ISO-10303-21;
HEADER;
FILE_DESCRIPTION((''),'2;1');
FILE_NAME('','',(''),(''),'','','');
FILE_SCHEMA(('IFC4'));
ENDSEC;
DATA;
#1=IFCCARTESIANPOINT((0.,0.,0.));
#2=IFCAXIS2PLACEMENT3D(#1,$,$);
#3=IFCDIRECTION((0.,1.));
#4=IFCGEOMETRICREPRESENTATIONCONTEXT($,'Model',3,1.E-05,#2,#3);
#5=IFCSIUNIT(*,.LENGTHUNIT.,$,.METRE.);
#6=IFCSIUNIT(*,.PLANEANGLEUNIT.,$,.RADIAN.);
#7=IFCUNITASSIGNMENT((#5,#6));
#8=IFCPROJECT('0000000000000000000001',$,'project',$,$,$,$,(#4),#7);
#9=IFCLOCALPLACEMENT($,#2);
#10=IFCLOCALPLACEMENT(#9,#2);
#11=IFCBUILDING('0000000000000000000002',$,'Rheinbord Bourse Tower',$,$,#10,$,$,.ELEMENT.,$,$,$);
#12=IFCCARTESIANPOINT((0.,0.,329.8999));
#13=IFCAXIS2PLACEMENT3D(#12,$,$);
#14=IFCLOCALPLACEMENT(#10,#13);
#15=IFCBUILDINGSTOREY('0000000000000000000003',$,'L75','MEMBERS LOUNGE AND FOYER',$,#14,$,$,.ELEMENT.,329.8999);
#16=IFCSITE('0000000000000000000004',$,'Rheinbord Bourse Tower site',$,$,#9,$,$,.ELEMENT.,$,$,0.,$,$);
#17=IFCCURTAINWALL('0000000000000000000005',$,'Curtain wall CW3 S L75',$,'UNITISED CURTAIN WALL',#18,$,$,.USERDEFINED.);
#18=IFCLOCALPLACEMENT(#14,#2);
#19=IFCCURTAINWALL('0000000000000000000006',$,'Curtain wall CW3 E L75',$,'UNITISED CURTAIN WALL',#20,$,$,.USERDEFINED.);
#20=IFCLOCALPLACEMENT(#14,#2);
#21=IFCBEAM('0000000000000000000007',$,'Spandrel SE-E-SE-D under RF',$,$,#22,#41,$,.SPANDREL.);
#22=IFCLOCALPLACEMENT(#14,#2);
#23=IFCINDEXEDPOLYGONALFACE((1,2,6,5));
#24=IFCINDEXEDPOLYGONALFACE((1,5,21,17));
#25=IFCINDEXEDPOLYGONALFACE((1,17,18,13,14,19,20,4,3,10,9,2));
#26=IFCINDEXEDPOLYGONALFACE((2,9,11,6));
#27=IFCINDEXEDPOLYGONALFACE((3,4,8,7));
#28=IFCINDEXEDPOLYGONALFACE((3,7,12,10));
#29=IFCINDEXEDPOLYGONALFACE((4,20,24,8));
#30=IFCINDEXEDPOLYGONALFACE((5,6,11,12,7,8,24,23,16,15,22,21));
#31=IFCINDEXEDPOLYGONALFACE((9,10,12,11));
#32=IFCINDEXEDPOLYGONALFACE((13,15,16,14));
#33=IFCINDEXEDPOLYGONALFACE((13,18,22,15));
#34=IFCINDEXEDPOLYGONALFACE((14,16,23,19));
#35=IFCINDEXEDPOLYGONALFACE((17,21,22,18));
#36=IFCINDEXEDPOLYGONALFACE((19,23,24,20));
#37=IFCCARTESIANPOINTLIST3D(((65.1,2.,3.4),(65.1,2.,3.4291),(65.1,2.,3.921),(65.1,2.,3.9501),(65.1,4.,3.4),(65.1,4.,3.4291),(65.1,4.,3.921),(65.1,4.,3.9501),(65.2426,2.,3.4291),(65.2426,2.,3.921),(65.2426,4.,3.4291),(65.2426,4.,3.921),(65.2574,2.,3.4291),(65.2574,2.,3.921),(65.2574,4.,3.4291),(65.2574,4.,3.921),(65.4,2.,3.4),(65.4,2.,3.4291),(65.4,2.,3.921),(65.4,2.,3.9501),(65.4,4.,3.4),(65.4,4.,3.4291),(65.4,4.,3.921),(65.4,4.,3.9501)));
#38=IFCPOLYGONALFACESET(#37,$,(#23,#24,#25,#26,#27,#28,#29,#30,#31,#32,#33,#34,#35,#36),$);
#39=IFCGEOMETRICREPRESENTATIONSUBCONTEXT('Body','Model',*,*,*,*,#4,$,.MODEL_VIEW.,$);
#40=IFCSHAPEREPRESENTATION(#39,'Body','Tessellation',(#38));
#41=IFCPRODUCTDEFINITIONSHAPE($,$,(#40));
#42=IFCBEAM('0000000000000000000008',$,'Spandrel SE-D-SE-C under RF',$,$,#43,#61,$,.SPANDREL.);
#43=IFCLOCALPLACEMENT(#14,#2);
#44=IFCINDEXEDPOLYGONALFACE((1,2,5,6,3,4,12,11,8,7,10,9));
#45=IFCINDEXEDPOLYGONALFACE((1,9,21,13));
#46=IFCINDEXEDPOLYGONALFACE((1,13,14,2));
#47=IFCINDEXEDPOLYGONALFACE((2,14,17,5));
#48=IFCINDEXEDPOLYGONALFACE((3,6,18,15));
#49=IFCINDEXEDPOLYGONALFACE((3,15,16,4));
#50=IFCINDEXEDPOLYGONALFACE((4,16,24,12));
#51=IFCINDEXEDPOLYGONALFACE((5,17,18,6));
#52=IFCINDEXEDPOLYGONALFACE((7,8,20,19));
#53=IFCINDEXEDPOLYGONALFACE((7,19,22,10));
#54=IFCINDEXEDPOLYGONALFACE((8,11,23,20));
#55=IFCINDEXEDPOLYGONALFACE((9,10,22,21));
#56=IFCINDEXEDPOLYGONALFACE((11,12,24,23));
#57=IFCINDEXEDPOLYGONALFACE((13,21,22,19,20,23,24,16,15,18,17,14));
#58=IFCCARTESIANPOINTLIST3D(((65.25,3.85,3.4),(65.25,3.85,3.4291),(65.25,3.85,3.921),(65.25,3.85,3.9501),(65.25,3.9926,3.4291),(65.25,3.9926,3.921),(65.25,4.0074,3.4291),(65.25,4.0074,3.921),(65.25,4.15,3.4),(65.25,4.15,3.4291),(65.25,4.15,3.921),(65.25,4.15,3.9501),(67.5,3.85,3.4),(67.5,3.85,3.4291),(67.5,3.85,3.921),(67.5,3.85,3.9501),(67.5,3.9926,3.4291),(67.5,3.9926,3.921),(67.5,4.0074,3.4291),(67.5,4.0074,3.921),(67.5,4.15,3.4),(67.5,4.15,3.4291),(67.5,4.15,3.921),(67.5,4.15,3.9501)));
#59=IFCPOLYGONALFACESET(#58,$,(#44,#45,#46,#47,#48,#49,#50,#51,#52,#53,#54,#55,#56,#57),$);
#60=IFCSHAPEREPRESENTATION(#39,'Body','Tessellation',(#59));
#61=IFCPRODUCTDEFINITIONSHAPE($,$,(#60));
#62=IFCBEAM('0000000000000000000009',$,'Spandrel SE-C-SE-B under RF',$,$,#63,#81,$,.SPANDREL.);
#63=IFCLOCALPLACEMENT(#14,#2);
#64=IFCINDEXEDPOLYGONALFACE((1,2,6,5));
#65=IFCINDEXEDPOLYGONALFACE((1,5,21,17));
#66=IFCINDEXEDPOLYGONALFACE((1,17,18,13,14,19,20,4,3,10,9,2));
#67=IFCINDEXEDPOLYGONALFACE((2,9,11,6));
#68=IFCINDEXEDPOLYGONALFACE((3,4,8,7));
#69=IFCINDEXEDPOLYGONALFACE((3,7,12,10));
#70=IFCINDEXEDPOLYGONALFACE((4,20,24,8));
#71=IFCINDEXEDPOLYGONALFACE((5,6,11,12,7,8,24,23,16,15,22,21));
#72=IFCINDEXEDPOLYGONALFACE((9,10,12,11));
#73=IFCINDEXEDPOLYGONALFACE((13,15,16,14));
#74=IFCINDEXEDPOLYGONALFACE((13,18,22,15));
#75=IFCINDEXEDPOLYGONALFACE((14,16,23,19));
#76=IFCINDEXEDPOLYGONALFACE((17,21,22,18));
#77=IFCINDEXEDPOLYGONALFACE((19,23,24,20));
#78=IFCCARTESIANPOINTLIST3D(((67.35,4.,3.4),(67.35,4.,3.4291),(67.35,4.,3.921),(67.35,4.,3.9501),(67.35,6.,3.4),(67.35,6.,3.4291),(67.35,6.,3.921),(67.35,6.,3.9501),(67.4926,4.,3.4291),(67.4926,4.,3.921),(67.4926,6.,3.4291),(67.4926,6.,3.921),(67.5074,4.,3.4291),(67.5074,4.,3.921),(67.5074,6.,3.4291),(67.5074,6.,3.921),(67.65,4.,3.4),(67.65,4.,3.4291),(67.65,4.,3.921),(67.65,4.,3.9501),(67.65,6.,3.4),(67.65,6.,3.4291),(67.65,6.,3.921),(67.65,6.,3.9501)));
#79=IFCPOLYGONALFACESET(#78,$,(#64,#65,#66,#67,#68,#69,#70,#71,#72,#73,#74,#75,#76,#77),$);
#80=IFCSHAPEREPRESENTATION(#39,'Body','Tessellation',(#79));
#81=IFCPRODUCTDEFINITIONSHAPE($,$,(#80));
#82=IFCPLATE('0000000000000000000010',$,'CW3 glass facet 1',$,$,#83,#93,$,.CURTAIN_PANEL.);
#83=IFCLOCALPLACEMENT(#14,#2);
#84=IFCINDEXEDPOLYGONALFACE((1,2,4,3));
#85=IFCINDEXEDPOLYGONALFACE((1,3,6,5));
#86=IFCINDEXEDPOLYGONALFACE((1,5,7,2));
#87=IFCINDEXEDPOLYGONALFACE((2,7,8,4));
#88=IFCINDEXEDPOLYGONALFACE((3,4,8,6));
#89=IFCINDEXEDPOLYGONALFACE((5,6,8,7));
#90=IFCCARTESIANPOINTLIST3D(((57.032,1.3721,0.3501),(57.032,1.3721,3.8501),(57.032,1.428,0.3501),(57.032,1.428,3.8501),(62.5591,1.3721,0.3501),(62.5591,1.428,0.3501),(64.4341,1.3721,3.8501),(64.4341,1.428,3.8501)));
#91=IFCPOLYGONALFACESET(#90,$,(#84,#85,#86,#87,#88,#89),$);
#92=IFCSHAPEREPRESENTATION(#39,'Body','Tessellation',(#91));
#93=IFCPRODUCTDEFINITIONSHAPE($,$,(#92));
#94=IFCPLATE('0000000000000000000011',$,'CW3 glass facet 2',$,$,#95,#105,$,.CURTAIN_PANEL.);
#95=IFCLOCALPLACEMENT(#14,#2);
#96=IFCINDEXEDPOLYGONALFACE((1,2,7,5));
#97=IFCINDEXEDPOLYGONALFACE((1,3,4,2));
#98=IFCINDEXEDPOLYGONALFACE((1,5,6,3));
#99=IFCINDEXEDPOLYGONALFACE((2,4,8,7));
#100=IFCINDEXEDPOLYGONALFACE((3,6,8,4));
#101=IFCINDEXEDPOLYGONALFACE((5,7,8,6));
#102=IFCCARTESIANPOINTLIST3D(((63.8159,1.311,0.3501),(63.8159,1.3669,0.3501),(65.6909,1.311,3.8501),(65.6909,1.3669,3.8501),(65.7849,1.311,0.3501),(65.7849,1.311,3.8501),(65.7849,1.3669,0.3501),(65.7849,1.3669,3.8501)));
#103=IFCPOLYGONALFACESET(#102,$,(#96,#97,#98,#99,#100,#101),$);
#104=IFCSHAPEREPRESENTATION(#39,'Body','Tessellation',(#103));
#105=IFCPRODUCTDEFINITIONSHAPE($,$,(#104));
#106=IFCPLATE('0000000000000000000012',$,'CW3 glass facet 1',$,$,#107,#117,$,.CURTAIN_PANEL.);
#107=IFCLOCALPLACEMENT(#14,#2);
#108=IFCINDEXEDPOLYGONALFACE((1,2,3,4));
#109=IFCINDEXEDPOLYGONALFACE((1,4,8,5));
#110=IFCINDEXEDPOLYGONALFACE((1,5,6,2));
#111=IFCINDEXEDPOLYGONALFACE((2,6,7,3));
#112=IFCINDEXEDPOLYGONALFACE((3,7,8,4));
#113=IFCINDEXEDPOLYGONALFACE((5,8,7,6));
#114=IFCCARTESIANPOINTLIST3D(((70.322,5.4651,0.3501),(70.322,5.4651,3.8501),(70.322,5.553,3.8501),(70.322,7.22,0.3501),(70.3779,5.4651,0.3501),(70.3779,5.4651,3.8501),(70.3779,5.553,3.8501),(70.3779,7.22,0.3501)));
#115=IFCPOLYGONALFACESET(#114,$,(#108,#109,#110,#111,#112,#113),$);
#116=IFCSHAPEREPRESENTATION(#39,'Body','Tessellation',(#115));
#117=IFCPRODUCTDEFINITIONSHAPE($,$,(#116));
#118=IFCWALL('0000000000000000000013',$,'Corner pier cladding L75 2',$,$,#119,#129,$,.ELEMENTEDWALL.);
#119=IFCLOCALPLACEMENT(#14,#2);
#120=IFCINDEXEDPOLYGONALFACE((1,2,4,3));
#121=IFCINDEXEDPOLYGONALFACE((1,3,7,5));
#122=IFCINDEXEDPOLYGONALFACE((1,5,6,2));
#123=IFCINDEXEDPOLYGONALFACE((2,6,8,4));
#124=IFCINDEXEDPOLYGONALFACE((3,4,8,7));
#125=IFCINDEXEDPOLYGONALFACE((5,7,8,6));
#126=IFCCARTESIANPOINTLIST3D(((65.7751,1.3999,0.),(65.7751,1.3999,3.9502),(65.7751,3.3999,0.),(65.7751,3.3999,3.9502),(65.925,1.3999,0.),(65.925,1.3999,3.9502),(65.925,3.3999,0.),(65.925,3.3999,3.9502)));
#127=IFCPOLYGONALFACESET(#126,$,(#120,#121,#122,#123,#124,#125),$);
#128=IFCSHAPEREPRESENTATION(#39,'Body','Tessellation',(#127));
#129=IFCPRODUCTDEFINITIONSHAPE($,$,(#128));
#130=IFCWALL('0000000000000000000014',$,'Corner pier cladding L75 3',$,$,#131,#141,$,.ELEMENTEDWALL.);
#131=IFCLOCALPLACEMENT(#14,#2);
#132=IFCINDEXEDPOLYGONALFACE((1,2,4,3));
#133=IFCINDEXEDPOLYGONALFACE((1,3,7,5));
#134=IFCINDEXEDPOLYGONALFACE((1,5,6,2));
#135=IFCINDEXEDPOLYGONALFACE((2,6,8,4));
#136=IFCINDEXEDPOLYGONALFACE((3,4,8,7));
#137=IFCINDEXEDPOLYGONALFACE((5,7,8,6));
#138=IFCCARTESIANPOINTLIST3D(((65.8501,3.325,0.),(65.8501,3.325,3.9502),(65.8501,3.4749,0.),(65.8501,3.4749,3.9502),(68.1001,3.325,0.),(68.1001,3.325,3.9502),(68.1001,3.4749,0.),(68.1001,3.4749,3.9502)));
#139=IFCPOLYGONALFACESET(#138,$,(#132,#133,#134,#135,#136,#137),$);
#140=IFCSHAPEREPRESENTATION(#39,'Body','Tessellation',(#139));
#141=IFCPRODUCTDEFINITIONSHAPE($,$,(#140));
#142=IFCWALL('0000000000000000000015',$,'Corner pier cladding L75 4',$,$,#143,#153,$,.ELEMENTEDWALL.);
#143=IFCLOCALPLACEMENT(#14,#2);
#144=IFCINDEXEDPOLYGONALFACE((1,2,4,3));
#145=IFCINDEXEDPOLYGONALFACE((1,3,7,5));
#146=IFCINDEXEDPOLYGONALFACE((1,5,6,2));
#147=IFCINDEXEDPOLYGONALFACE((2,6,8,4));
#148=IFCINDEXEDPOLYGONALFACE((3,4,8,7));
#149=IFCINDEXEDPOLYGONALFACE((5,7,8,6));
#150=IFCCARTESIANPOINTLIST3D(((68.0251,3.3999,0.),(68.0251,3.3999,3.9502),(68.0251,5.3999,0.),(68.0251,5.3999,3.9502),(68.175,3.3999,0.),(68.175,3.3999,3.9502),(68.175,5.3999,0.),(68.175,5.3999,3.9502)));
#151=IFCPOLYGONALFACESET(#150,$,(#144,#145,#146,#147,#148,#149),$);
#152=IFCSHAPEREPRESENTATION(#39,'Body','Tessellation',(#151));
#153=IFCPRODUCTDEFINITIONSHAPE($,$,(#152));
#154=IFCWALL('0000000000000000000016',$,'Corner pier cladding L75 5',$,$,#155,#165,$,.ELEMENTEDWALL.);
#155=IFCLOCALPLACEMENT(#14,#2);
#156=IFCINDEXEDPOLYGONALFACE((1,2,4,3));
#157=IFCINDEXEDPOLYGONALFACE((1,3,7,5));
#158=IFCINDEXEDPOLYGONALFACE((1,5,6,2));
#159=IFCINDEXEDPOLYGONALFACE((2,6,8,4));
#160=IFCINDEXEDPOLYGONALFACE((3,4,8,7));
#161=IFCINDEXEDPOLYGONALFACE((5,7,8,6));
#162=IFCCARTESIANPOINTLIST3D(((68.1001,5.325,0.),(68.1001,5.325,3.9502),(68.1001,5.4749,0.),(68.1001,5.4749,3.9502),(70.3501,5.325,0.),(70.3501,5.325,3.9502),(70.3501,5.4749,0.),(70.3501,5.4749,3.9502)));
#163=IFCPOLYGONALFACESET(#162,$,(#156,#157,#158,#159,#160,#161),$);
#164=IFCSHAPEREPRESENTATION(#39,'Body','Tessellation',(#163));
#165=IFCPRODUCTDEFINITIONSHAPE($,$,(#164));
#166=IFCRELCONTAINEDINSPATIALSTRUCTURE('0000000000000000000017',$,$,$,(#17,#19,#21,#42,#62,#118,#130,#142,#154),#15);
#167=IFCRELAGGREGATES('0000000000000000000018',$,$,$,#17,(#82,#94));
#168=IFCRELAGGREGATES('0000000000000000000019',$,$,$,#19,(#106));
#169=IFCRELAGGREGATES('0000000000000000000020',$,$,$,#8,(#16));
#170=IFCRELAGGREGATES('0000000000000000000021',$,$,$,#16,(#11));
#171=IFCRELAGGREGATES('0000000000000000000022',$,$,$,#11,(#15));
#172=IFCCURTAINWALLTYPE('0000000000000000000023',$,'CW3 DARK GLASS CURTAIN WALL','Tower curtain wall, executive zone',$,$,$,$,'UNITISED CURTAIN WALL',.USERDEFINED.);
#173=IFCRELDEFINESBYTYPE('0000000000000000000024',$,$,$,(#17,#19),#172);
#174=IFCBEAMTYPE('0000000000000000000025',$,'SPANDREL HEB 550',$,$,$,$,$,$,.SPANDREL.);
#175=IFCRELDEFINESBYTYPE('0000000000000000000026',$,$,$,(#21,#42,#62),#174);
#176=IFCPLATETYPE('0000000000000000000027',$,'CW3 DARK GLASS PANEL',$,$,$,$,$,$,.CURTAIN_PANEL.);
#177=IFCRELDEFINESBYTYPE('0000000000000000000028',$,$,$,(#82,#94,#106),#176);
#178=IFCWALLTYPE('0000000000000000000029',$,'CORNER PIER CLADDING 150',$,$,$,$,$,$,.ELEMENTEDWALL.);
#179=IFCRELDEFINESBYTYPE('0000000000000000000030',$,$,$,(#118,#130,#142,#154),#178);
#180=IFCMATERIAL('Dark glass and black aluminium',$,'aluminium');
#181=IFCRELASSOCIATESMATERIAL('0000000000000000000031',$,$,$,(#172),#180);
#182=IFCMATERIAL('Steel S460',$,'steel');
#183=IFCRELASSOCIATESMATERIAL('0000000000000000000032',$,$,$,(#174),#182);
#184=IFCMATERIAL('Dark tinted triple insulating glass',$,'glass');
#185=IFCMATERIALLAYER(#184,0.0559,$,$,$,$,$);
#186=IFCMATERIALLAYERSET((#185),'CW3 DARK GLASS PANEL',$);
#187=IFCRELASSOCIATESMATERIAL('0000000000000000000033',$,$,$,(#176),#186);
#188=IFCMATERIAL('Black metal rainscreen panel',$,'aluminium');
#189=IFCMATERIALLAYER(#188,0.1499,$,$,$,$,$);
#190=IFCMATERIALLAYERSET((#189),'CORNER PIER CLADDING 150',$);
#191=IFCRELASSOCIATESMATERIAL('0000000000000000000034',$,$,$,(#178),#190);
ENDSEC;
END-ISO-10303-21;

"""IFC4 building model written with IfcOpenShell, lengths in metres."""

from ifc_helpers import new_model, si_unit, direction, frame, frame_2d, origin, origin_2d, place, context, subcontext, project, spatial, polyline, rectangle, i_section, outline, extrude, material, layer, layer_set, material_profile, profile_set, type_object, element, aggregate, save


model = new_model("IFC4")

# Units and contexts
model_context = context("Model", 3, precision=1e-05, world=origin(), true_north=direction((0.0, 1.0)))
body_context = subcontext(model_context, "Body", "Model", "MODEL_VIEW")
ifc_project = project(units=[si_unit("LENGTHUNIT", "METRE"), si_unit("PLANEANGLEUNIT", "RADIAN")], contexts=[model_context])

# Site, building, storey
site_placement = place(None, origin())
site = spatial("IfcSite", under=ifc_project, at=site_placement, Name="Rheinbord Bourse Tower site", CompositionType="ELEMENT", RefElevation=0.0)
building_placement = place(site_placement, origin())
building = spatial("IfcBuilding", under=site, at=building_placement, Name="Rheinbord Bourse Tower", CompositionType="ELEMENT")
storey_placement = place(building_placement, frame((0.0, 0.0, 329.8999)))
storey = spatial("IfcBuildingStorey", under=building, at=storey_placement, Name="L75", Description="MEMBERS LOUNGE AND FOYER", CompositionType="ELEMENT", Elevation=329.8999)

# Curtain wall
ifc_material_1 = material(Name="Dark glass and black aluminium", Category="aluminium")
curtain_wall_type = type_object("IfcCurtainWallType", Name="CW3 DARK GLASS CURTAIN WALL", Description="Tower curtain wall, executive zone", ElementType="UNITISED CURTAIN WALL", PredefinedType="USERDEFINED", material=ifc_material_1)
curtain_wall_1_placement = place(storey_placement, origin())
curtain_wall_1 = element("IfcCurtainWall", 1, at=curtain_wall_1_placement, inside=storey, type_object=curtain_wall_type, Name="Curtain wall CW3 S L75", ObjectType="UNITISED CURTAIN WALL", PredefinedType="USERDEFINED")

# Curtain wall
curtain_wall_2_placement = place(storey_placement, origin())
curtain_wall_2 = element("IfcCurtainWall", 2, at=curtain_wall_2_placement, inside=storey, type_object=curtain_wall_type, Name="Curtain wall CW3 E L75", ObjectType="UNITISED CURTAIN WALL", PredefinedType="USERDEFINED")

# Beams
ifc_material_2 = material(Name="Steel S460", Category="steel")
ifc_material_profile_1 = material_profile(ifc_material_2, i_section(OverallWidth=0.3, OverallDepth=0.55, WebThickness=0.0149, FlangeThickness=0.0291, at=origin_2d()), Name="HEB 550")
ifc_profile_set_1 = profile_set([ifc_material_profile_1], Name="Steel S460")
beam_type_1 = type_object("IfcBeamType", Name="SPANDREL HEB 550", PredefinedType="SPANDREL", material=ifc_profile_set_1)
beam_1_placement = place(storey_placement, frame((65.25, 2.0, 3.675), z_axis=(0.0, 1.0, 0.0), x_axis=(-1.0, 0.0, 0.0)))
element("IfcBeam", 3, at=beam_1_placement, inside=storey, type_object=beam_type_1, Name="Spandrel SE-E-SE-D under RF", PredefinedType="SPANDREL", context=body_context, shape_type="SweptSolid", body=[
    extrude(i_section(OverallWidth=0.3, OverallDepth=0.55, WebThickness=0.0149, FlangeThickness=0.0291, at=origin_2d()), origin(), (0.0, 0.0, 1.0), 2.0),
])
beam_2_placement = place(storey_placement, frame((65.25, 4.0, 3.675), z_axis=(1.0, 0.0, 0.0), x_axis=(0.0, 1.0, 0.0)))
element("IfcBeam", 4, at=beam_2_placement, inside=storey, type_object=beam_type_1, Name="Spandrel SE-D-SE-C under RF", PredefinedType="SPANDREL", context=body_context, shape_type="SweptSolid", body=[
    extrude(i_section(OverallWidth=0.3, OverallDepth=0.55, WebThickness=0.0149, FlangeThickness=0.0291, at=origin_2d()), origin(), (0.0, 0.0, 1.0), 2.25),
])
beam_3_placement = place(storey_placement, frame((67.5, 4.0, 3.675), z_axis=(0.0, 1.0, 0.0), x_axis=(-1.0, 0.0, 0.0)))
element("IfcBeam", 5, at=beam_3_placement, inside=storey, type_object=beam_type_1, Name="Spandrel SE-C-SE-B under RF", PredefinedType="SPANDREL", context=body_context, shape_type="SweptSolid", body=[
    extrude(i_section(OverallWidth=0.3, OverallDepth=0.55, WebThickness=0.0149, FlangeThickness=0.0291, at=origin_2d()), origin(), (0.0, 0.0, 1.0), 2.0),
])

# Plates
ifc_material_3 = material(Name="Dark tinted triple insulating glass", Category="glass")
ifc_layer_1 = layer(ifc_material_3, 0.0559)
ifc_layer_set_1 = layer_set([ifc_layer_1], Name="CW3 DARK GLASS PANEL")
plate_type = type_object("IfcPlateType", Name="CW3 DARK GLASS PANEL", PredefinedType="CURTAIN_PANEL", material=ifc_layer_set_1)
plate_1_placement = place(storey_placement, frame((57.032, 1.3721, 0.3501), z_axis=(0.0, 1.0, 0.0), x_axis=(0.0, 0.0, 1.0)))
plate_1 = element("IfcPlate", 6, at=plate_1_placement, type_object=plate_type, Name="CW3 glass facet 1", PredefinedType="CURTAIN_PANEL", context=body_context, shape_type="SweptSolid", body=[
    extrude(outline(polyline([(0.0, 0.0), (3.5, 0.0), (3.5, 7.4021), (0.0, 5.5271), (0.0, 0.0)])), origin(), (0.0, 0.0, 1.0), 0.0559),
])
plate_2_placement = place(storey_placement, frame((65.7849, 1.311, 3.8501), z_axis=(0.0, 1.0, 0.0), x_axis=(0.0, 0.0, -1.0)))
plate_2 = element("IfcPlate", 7, at=plate_2_placement, type_object=plate_type, Name="CW3 glass facet 2", PredefinedType="CURTAIN_PANEL", context=body_context, shape_type="SweptSolid", body=[
    extrude(outline(polyline([(0.0, 0.0), (3.5, 0.0), (3.5, 1.969), (0.0, 0.094), (0.0, 0.0)])), origin(), (0.0, 0.0, 1.0), 0.0559),
])
aggregate(curtain_wall_1, [plate_1, plate_2])
plate_3_placement = place(storey_placement, frame((70.3779, 5.4651, 0.3501), z_axis=(-1.0, 0.0, 0.0), x_axis=(0.0, 0.0, 1.0)))
plate_3 = element("IfcPlate", 8, at=plate_3_placement, type_object=plate_type, Name="CW3 glass facet 1", PredefinedType="CURTAIN_PANEL", context=body_context, shape_type="SweptSolid", body=[
    extrude(outline(polyline([(0.0, 0.0), (3.5, 0.0), (3.5, 0.0879), (0.0, 1.7549), (0.0, 0.0)])), origin(), (0.0, 0.0, 1.0), 0.0559),
])
aggregate(curtain_wall_2, [plate_3])

# Walls
ifc_material_4 = material(Name="Black metal rainscreen panel", Category="aluminium")
ifc_layer_2 = layer(ifc_material_4, 0.1499)
ifc_layer_set_2 = layer_set([ifc_layer_2], Name="CORNER PIER CLADDING 150")
wall_type = type_object("IfcWallType", Name="CORNER PIER CLADDING 150", PredefinedType="ELEMENTEDWALL", material=ifc_layer_set_2)
wall_1_placement = place(storey_placement, frame((65.8501, 1.3999, 0.0), z_axis=(0.0, 0.0, 1.0), x_axis=(0.0, 1.0, 0.0)))
element("IfcWall", 9, at=wall_1_placement, inside=storey, type_object=wall_type, Name="Corner pier cladding L75 2", PredefinedType="ELEMENTEDWALL", context=body_context, shape_type="SweptSolid", body=[
    extrude(rectangle(XDim=2.0, YDim=0.1499, at=frame_2d((1.0, 0.0))), origin(), (0.0, 0.0, 1.0), 3.9502),
])
wall_2_placement = place(storey_placement, frame((65.8501, 3.3999, 0.0), z_axis=(0.0, 0.0, 1.0), x_axis=(1.0, 0.0, 0.0)))
element("IfcWall", 10, at=wall_2_placement, inside=storey, type_object=wall_type, Name="Corner pier cladding L75 3", PredefinedType="ELEMENTEDWALL", context=body_context, shape_type="SweptSolid", body=[
    extrude(rectangle(XDim=2.25, YDim=0.1499, at=frame_2d((1.125, 0.0))), origin(), (0.0, 0.0, 1.0), 3.9502),
])
wall_3_placement = place(storey_placement, frame((68.1001, 3.3999, 0.0), z_axis=(0.0, 0.0, 1.0), x_axis=(0.0, 1.0, 0.0)))
element("IfcWall", 11, at=wall_3_placement, inside=storey, type_object=wall_type, Name="Corner pier cladding L75 4", PredefinedType="ELEMENTEDWALL", context=body_context, shape_type="SweptSolid", body=[
    extrude(rectangle(XDim=2.0, YDim=0.1499, at=frame_2d((1.0, 0.0))), origin(), (0.0, 0.0, 1.0), 3.9502),
])
wall_4_placement = place(storey_placement, frame((68.1001, 5.3999, 0.0), z_axis=(0.0, 0.0, 1.0), x_axis=(1.0, 0.0, 0.0)))
element("IfcWall", 12, at=wall_4_placement, inside=storey, type_object=wall_type, Name="Corner pier cladding L75 5", PredefinedType="ELEMENTEDWALL", context=body_context, shape_type="SweptSolid", body=[
    extrude(rectangle(XDim=2.25, YDim=0.1499, at=frame_2d((1.125, 0.0))), origin(), (0.0, 0.0, 1.0), 3.9502),
])

save(model, "model.ifc")
